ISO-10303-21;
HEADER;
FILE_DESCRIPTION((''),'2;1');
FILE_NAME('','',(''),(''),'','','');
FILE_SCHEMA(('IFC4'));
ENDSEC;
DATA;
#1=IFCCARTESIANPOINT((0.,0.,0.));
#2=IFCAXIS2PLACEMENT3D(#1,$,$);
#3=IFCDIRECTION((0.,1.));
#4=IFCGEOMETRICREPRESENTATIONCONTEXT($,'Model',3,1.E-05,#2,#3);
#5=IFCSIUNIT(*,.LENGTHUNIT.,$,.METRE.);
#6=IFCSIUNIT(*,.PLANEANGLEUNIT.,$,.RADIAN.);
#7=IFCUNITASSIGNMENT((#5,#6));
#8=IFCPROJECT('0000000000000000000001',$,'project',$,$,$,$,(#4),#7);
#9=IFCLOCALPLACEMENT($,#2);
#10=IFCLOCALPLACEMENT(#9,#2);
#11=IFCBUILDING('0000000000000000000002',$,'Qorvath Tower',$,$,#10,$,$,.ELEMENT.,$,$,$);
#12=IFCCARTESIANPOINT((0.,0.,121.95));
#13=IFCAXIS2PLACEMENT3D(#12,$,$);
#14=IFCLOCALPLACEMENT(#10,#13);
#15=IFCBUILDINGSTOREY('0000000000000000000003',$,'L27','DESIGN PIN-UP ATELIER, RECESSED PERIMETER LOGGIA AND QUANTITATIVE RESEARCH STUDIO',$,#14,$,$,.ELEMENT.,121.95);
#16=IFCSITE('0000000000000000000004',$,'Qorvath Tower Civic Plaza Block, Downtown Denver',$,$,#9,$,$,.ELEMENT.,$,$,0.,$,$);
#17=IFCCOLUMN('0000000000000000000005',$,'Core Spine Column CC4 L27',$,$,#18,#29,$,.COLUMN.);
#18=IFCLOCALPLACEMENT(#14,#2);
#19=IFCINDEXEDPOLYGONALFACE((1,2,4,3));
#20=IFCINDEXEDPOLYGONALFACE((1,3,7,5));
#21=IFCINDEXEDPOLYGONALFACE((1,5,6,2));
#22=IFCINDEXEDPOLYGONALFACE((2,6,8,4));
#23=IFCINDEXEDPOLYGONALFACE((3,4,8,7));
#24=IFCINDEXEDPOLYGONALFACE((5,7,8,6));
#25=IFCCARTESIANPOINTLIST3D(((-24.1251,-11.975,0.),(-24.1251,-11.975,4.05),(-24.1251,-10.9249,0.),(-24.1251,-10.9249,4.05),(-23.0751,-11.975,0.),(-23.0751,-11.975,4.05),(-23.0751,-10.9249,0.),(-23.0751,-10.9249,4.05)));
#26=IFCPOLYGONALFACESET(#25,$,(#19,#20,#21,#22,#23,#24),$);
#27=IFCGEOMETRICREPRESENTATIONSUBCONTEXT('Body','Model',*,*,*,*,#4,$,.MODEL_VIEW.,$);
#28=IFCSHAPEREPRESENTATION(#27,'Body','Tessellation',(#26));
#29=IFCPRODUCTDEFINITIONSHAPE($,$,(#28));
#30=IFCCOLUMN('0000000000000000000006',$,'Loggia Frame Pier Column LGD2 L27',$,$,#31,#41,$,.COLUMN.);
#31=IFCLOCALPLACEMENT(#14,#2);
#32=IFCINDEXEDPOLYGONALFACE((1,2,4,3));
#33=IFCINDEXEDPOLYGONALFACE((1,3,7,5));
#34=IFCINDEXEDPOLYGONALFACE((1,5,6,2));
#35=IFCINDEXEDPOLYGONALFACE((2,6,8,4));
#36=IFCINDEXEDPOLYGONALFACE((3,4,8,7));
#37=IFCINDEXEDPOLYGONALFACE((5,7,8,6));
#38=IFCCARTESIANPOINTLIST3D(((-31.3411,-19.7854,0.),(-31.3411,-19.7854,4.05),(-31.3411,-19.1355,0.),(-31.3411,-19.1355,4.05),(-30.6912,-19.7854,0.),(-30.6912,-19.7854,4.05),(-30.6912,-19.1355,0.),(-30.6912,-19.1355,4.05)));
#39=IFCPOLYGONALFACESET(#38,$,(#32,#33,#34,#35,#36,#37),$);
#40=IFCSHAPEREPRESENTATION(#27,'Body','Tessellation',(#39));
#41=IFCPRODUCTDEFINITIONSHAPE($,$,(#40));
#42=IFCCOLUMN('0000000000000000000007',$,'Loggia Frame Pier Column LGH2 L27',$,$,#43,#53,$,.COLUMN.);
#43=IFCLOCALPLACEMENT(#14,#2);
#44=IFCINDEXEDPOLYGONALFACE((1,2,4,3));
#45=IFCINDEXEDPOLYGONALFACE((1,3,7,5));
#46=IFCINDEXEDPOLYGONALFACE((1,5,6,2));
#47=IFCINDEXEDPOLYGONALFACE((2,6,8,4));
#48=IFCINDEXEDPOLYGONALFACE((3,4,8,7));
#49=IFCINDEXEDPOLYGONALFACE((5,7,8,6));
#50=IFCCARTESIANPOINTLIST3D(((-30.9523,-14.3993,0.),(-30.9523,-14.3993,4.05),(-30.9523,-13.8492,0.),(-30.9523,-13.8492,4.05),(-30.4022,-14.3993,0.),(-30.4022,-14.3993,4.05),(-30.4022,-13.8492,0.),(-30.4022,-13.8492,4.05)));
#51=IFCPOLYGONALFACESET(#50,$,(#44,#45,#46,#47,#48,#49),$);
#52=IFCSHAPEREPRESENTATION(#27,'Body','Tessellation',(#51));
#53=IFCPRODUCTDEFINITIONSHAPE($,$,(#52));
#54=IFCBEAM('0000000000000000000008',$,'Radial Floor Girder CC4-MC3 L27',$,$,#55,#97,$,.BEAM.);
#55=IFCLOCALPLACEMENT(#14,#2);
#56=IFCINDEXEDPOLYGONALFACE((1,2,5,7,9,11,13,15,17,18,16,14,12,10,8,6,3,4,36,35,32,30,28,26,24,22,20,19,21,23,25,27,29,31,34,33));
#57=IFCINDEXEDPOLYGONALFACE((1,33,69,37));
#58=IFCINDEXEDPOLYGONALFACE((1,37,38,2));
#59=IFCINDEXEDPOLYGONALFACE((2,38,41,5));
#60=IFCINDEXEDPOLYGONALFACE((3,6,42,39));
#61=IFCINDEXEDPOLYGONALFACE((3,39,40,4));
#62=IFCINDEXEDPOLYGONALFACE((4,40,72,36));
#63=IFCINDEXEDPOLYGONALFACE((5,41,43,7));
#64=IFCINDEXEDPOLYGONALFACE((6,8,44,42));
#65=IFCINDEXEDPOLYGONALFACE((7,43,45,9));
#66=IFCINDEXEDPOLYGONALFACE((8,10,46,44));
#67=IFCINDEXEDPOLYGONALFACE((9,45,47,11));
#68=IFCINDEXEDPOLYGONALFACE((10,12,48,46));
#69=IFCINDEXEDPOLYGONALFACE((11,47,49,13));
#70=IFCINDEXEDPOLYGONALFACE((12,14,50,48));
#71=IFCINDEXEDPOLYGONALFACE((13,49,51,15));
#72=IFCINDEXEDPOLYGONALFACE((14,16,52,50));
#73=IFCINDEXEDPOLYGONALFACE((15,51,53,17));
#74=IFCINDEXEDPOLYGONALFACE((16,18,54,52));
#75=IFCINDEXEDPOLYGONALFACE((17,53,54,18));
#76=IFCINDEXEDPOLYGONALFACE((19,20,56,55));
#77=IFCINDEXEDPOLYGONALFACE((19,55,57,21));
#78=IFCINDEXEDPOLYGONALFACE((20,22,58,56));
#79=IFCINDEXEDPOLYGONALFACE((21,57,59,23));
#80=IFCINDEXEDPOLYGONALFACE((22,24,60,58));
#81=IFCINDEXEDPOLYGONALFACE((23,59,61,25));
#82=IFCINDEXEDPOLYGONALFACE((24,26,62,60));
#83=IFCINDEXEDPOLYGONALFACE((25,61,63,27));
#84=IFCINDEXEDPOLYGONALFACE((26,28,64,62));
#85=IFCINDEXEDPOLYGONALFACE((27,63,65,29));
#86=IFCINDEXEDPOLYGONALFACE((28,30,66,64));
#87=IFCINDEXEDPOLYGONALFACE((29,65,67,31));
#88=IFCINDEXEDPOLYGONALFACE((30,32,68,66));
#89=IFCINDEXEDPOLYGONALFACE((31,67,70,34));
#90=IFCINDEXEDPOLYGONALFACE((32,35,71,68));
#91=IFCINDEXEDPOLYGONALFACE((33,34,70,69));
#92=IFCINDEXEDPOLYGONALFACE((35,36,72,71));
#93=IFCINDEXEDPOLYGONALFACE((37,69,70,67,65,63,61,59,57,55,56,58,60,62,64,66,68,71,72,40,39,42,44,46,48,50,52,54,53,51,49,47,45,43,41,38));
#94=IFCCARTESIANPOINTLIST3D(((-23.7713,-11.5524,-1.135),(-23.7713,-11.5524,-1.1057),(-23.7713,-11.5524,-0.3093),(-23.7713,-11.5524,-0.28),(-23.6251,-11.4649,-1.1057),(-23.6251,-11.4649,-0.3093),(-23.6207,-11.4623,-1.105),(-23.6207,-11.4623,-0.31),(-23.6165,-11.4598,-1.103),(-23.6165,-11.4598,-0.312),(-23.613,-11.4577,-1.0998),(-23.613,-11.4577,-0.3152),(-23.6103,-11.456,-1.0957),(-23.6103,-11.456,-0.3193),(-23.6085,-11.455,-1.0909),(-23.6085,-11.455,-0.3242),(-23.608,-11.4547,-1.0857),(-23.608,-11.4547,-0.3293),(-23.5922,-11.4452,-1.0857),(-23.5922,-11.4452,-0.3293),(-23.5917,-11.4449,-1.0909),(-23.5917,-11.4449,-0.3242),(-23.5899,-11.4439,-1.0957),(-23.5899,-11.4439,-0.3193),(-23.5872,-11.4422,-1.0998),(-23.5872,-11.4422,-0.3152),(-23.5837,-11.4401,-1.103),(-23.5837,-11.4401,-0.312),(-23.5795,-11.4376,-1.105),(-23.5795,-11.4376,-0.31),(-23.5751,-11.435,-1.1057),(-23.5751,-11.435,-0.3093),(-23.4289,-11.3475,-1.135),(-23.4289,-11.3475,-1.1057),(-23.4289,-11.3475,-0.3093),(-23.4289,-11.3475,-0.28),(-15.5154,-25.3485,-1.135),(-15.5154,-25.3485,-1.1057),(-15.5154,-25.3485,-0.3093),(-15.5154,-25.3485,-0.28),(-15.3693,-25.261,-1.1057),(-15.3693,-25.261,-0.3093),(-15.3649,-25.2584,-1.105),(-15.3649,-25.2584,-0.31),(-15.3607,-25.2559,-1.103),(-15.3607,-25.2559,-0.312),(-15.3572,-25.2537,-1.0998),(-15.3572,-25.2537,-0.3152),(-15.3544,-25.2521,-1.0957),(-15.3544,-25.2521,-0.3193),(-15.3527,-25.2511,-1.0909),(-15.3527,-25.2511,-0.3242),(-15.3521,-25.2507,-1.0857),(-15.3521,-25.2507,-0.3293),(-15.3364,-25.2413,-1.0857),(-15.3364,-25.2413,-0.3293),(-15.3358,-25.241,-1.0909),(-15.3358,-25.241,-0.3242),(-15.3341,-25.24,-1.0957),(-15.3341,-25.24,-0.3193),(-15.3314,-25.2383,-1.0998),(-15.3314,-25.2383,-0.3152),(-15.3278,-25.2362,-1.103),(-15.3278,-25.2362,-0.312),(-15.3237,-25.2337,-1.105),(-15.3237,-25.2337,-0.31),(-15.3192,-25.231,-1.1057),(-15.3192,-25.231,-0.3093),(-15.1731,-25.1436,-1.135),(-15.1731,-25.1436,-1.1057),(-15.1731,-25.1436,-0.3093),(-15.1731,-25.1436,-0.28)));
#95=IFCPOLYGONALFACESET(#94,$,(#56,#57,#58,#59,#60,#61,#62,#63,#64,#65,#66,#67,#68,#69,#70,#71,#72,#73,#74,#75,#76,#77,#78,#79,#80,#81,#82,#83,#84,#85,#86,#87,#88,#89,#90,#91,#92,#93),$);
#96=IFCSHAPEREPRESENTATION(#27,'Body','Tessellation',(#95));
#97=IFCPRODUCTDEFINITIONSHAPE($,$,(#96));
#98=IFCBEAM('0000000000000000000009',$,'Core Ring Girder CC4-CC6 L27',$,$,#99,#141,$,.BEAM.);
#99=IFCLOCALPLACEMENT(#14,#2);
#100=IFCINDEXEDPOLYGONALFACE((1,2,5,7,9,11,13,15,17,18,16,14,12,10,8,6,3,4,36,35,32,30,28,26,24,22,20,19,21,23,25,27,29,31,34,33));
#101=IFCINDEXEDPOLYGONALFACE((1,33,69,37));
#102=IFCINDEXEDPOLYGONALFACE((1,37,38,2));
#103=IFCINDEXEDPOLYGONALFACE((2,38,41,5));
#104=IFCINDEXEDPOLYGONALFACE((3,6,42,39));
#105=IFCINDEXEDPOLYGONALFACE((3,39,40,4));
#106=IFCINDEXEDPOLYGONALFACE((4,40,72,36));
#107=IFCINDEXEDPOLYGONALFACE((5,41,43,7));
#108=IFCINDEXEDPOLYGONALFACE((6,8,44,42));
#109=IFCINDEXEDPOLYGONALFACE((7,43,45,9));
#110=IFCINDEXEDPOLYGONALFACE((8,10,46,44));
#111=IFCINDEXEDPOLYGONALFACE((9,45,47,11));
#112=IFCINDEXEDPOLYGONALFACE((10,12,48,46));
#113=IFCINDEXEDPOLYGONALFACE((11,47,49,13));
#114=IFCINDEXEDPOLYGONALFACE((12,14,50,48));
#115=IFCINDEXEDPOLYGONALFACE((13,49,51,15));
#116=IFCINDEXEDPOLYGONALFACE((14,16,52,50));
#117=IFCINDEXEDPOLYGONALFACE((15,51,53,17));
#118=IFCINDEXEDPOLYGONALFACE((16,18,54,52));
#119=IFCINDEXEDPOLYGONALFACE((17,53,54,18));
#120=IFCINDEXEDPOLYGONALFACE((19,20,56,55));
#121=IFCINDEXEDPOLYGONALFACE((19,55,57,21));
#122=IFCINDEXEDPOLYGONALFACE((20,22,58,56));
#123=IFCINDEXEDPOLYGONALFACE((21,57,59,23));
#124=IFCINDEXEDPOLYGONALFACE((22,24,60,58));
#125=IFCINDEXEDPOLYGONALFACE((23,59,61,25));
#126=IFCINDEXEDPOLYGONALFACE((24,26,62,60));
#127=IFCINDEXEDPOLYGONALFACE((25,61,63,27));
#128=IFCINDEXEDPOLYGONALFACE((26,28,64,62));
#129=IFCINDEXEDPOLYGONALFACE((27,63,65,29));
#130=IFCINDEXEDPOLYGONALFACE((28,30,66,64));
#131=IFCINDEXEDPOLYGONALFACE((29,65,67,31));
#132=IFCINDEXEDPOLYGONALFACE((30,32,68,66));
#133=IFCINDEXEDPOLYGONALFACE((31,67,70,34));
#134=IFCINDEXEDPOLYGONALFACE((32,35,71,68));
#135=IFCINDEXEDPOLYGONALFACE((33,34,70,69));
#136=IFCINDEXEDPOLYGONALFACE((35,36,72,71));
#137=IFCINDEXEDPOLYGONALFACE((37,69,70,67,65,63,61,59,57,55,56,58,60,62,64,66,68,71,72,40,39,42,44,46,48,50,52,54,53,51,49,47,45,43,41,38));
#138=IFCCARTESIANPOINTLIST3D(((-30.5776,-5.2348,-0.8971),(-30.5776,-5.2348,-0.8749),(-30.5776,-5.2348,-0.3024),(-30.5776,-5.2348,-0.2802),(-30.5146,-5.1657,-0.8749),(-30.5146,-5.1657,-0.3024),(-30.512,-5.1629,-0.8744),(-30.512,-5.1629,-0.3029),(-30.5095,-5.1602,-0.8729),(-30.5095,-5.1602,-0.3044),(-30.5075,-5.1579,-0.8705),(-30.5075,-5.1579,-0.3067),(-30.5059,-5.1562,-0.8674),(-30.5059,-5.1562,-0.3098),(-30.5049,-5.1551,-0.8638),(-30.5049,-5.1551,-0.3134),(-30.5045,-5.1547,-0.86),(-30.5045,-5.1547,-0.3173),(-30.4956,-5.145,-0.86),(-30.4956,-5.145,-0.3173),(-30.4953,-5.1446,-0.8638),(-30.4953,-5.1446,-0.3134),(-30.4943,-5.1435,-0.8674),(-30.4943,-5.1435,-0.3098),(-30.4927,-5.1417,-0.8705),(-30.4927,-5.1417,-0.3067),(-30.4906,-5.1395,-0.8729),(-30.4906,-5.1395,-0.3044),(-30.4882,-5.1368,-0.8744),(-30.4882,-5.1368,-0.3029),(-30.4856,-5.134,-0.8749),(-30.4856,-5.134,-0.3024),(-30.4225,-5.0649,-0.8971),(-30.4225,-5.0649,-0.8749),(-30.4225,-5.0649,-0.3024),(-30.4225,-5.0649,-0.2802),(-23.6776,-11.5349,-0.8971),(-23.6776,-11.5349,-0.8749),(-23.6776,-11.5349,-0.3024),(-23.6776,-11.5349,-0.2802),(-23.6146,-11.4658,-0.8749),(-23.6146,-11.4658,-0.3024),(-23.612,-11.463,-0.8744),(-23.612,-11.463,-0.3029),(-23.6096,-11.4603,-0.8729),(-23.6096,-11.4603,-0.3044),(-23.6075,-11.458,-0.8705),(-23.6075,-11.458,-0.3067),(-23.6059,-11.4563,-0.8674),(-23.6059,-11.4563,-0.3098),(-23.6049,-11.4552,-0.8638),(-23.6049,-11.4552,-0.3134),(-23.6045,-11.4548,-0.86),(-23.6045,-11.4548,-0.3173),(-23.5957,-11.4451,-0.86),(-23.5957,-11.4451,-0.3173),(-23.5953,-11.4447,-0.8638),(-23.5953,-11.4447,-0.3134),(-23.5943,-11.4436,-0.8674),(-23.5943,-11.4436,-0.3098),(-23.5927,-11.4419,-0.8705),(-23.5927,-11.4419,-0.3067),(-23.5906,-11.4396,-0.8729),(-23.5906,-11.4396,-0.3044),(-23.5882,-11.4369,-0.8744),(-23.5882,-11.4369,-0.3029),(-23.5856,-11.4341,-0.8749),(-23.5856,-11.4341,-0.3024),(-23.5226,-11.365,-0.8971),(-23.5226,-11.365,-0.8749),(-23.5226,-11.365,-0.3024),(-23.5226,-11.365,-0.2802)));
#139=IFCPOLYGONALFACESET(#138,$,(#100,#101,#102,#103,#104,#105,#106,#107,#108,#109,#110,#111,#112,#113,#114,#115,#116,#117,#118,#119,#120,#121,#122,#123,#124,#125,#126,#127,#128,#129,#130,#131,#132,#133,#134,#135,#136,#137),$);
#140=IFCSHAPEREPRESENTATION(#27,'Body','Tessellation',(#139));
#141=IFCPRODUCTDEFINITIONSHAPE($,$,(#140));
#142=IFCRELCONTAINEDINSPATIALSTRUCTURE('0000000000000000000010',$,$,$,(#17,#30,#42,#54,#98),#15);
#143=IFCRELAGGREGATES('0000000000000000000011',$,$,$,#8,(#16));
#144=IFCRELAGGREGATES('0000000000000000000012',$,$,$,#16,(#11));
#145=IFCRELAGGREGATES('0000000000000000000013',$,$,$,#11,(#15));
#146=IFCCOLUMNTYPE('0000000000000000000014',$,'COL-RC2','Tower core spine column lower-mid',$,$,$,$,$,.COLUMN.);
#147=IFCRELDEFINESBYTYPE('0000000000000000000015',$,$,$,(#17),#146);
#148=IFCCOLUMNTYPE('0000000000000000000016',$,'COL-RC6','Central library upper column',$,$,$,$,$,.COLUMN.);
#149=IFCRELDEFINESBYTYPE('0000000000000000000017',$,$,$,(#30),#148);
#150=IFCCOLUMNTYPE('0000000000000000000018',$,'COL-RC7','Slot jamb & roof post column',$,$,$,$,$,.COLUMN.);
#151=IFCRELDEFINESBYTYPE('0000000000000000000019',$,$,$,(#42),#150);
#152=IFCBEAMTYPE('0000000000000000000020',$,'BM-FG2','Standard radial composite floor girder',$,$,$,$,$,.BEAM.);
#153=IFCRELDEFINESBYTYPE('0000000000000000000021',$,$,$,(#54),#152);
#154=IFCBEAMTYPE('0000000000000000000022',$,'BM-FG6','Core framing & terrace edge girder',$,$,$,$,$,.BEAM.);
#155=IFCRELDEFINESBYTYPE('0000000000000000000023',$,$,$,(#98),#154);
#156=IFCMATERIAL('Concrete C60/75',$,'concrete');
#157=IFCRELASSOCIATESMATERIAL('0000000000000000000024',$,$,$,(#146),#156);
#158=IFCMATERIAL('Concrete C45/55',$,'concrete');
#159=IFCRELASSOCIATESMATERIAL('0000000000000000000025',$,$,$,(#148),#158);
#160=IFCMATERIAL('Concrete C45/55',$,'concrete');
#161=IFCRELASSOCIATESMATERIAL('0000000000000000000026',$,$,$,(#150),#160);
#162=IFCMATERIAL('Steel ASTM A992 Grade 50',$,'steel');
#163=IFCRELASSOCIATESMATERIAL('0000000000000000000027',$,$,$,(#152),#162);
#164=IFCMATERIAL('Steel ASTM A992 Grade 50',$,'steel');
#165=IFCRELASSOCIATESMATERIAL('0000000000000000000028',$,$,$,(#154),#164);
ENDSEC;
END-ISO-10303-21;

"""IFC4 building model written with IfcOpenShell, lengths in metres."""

from ifc_helpers import new_model, si_unit, direction, frame, origin, origin_2d, place, context, subcontext, project, spatial, rectangle, i_section, extrude, material, material_profile, profile_set, type_object, element, save


model = new_model("IFC4")

# Units and contexts
model_context = context("Model", 3, precision=1e-05, world=origin(), true_north=direction((0.0, 1.0)))
body_context = subcontext(model_context, "Body", "Model", "MODEL_VIEW")
ifc_project = project(units=[si_unit("LENGTHUNIT", "METRE"), si_unit("PLANEANGLEUNIT", "RADIAN")], contexts=[model_context])

# Site, building, storey
site_placement = place(None, origin())
site = spatial("IfcSite", under=ifc_project, at=site_placement, Name="Qorvath Tower Civic Plaza Block, Downtown Denver", CompositionType="ELEMENT", RefElevation=0.0)
building_placement = place(site_placement, origin())
building = spatial("IfcBuilding", under=site, at=building_placement, Name="Qorvath Tower", CompositionType="ELEMENT")
storey_placement = place(building_placement, frame((0.0, 0.0, 121.95)))
storey = spatial("IfcBuildingStorey", under=building, at=storey_placement, Name="L27", Description="DESIGN PIN-UP ATELIER, RECESSED PERIMETER LOGGIA AND QUANTITATIVE RESEARCH STUDIO", CompositionType="ELEMENT", Elevation=121.95)

# Columns
ifc_material_1 = material(Name="Concrete C60/75", Category="concrete")
ifc_material_profile_1 = material_profile(ifc_material_1, rectangle(XDim=1.05, YDim=1.05, at=origin_2d()), Name="RC 1050x1050")
ifc_profile_set_1 = profile_set([ifc_material_profile_1], Name="Concrete C60/75")
column_type_1 = type_object("IfcColumnType", Name="COL-RC2", Description="Tower core spine column lower-mid", PredefinedType="COLUMN", material=ifc_profile_set_1)
column_1_placement = place(storey_placement, frame((-23.6001, -11.45, 0.0), z_axis=(0.0, 0.0, 1.0), x_axis=(1.0, 0.0, 0.0)))
element("IfcColumn", 1, at=column_1_placement, inside=storey, type_object=column_type_1, Name="Core Spine Column CC4 L27", PredefinedType="COLUMN", context=body_context, shape_type="SweptSolid", body=[
    extrude(rectangle(XDim=1.05, YDim=1.05, at=origin_2d()), origin(), (0.0, 0.0, 1.0), 4.05),
])
ifc_material_2 = material(Name="Concrete C45/55", Category="concrete")
ifc_material_profile_2 = material_profile(ifc_material_2, rectangle(XDim=0.6499, YDim=0.6499, at=origin_2d()), Name="RC 650x650")
ifc_profile_set_2 = profile_set([ifc_material_profile_2], Name="Concrete C45/55")
column_type_2 = type_object("IfcColumnType", Name="COL-RC6", Description="Central library upper column", PredefinedType="COLUMN", material=ifc_profile_set_2)
column_2_placement = place(storey_placement, frame((-31.0161, -19.4604, 0.0), z_axis=(0.0, 0.0, 1.0), x_axis=(1.0, 0.0, 0.0)))
element("IfcColumn", 2, at=column_2_placement, inside=storey, type_object=column_type_2, Name="Loggia Frame Pier Column LGD2 L27", PredefinedType="COLUMN", context=body_context, shape_type="SweptSolid", body=[
    extrude(rectangle(XDim=0.6499, YDim=0.6499, at=origin_2d()), origin(), (0.0, 0.0, 1.0), 4.05),
])
ifc_material_3 = material(Name="Concrete C45/55", Category="concrete")
ifc_material_profile_3 = material_profile(ifc_material_3, rectangle(XDim=0.55, YDim=0.55, at=origin_2d()), Name="RC 550x550")
ifc_profile_set_3 = profile_set([ifc_material_profile_3], Name="Concrete C45/55")
column_type_3 = type_object("IfcColumnType", Name="COL-RC7", Description="Slot jamb & roof post column", PredefinedType="COLUMN", material=ifc_profile_set_3)
column_3_placement = place(storey_placement, frame((-30.6772, -14.1243, 0.0), z_axis=(0.0, 0.0, 1.0), x_axis=(1.0, 0.0, 0.0)))
element("IfcColumn", 3, at=column_3_placement, inside=storey, type_object=column_type_3, Name="Loggia Frame Pier Column LGH2 L27", PredefinedType="COLUMN", context=body_context, shape_type="SweptSolid", body=[
    extrude(rectangle(XDim=0.55, YDim=0.55, at=origin_2d()), origin(), (0.0, 0.0, 1.0), 4.05),
])

# Beams
ifc_material_4 = material(Name="Steel ASTM A992 Grade 50", Category="steel")
ifc_material_profile_4 = material_profile(ifc_material_4, i_section(OverallWidth=0.3989, OverallDepth=0.855, WebThickness=0.0183, FlangeThickness=0.0293, FilletRadius=0.02, at=origin_2d()), Name="W33x201")
ifc_profile_set_4 = profile_set([ifc_material_profile_4], Name="Steel ASTM A992 Grade 50")
beam_type_1 = type_object("IfcBeamType", Name="BM-FG2", Description="Standard radial composite floor girder", PredefinedType="BEAM", material=ifc_profile_set_4)
beam_1_placement = place(storey_placement, frame((-23.6001, -11.45, -0.7075), z_axis=(0.513497, -0.858091, 0.0), x_axis=(0.858091, 0.513497, 0.0)))
element("IfcBeam", 4, at=beam_1_placement, inside=storey, type_object=beam_type_1, Name="Radial Floor Girder CC4-MC3 L27", PredefinedType="BEAM", context=body_context, shape_type="SweptSolid", body=[
    extrude(i_section(OverallWidth=0.3989, OverallDepth=0.855, WebThickness=0.0183, FlangeThickness=0.0293, FilletRadius=0.02, at=origin_2d()), origin(), (0.0, 0.0, 1.0), 16.0776),
])
ifc_material_5 = material(Name="Steel ASTM A992 Grade 50", Category="steel")
ifc_material_profile_5 = material_profile(ifc_material_5, i_section(OverallWidth=0.23, OverallDepth=0.6169, WebThickness=0.0132, FlangeThickness=0.0222, FilletRadius=0.0149, at=origin_2d()), Name="W24x94")
ifc_profile_set_5 = profile_set([ifc_material_profile_5], Name="Steel ASTM A992 Grade 50")
beam_type_2 = type_object("IfcBeamType", Name="BM-FG6", Description="Core framing & terrace edge girder", PredefinedType="BEAM", material=ifc_profile_set_5)
beam_2_placement = place(storey_placement, frame((-23.6001, -11.45, -0.5886), z_axis=(-0.738478, 0.674277, 0.0), x_axis=(-0.674277, -0.738478, 0.0)))
element("IfcBeam", 5, at=beam_2_placement, inside=storey, type_object=beam_type_2, Name="Core Ring Girder CC4-CC6 L27", PredefinedType="BEAM", context=body_context, shape_type="SweptSolid", body=[
    extrude(i_section(OverallWidth=0.23, OverallDepth=0.6169, WebThickness=0.0132, FlangeThickness=0.0222, FilletRadius=0.0149, at=origin_2d()), origin(), (0.0, 0.0, 1.0), 9.3435),
])

save(model, "model.ifc")
